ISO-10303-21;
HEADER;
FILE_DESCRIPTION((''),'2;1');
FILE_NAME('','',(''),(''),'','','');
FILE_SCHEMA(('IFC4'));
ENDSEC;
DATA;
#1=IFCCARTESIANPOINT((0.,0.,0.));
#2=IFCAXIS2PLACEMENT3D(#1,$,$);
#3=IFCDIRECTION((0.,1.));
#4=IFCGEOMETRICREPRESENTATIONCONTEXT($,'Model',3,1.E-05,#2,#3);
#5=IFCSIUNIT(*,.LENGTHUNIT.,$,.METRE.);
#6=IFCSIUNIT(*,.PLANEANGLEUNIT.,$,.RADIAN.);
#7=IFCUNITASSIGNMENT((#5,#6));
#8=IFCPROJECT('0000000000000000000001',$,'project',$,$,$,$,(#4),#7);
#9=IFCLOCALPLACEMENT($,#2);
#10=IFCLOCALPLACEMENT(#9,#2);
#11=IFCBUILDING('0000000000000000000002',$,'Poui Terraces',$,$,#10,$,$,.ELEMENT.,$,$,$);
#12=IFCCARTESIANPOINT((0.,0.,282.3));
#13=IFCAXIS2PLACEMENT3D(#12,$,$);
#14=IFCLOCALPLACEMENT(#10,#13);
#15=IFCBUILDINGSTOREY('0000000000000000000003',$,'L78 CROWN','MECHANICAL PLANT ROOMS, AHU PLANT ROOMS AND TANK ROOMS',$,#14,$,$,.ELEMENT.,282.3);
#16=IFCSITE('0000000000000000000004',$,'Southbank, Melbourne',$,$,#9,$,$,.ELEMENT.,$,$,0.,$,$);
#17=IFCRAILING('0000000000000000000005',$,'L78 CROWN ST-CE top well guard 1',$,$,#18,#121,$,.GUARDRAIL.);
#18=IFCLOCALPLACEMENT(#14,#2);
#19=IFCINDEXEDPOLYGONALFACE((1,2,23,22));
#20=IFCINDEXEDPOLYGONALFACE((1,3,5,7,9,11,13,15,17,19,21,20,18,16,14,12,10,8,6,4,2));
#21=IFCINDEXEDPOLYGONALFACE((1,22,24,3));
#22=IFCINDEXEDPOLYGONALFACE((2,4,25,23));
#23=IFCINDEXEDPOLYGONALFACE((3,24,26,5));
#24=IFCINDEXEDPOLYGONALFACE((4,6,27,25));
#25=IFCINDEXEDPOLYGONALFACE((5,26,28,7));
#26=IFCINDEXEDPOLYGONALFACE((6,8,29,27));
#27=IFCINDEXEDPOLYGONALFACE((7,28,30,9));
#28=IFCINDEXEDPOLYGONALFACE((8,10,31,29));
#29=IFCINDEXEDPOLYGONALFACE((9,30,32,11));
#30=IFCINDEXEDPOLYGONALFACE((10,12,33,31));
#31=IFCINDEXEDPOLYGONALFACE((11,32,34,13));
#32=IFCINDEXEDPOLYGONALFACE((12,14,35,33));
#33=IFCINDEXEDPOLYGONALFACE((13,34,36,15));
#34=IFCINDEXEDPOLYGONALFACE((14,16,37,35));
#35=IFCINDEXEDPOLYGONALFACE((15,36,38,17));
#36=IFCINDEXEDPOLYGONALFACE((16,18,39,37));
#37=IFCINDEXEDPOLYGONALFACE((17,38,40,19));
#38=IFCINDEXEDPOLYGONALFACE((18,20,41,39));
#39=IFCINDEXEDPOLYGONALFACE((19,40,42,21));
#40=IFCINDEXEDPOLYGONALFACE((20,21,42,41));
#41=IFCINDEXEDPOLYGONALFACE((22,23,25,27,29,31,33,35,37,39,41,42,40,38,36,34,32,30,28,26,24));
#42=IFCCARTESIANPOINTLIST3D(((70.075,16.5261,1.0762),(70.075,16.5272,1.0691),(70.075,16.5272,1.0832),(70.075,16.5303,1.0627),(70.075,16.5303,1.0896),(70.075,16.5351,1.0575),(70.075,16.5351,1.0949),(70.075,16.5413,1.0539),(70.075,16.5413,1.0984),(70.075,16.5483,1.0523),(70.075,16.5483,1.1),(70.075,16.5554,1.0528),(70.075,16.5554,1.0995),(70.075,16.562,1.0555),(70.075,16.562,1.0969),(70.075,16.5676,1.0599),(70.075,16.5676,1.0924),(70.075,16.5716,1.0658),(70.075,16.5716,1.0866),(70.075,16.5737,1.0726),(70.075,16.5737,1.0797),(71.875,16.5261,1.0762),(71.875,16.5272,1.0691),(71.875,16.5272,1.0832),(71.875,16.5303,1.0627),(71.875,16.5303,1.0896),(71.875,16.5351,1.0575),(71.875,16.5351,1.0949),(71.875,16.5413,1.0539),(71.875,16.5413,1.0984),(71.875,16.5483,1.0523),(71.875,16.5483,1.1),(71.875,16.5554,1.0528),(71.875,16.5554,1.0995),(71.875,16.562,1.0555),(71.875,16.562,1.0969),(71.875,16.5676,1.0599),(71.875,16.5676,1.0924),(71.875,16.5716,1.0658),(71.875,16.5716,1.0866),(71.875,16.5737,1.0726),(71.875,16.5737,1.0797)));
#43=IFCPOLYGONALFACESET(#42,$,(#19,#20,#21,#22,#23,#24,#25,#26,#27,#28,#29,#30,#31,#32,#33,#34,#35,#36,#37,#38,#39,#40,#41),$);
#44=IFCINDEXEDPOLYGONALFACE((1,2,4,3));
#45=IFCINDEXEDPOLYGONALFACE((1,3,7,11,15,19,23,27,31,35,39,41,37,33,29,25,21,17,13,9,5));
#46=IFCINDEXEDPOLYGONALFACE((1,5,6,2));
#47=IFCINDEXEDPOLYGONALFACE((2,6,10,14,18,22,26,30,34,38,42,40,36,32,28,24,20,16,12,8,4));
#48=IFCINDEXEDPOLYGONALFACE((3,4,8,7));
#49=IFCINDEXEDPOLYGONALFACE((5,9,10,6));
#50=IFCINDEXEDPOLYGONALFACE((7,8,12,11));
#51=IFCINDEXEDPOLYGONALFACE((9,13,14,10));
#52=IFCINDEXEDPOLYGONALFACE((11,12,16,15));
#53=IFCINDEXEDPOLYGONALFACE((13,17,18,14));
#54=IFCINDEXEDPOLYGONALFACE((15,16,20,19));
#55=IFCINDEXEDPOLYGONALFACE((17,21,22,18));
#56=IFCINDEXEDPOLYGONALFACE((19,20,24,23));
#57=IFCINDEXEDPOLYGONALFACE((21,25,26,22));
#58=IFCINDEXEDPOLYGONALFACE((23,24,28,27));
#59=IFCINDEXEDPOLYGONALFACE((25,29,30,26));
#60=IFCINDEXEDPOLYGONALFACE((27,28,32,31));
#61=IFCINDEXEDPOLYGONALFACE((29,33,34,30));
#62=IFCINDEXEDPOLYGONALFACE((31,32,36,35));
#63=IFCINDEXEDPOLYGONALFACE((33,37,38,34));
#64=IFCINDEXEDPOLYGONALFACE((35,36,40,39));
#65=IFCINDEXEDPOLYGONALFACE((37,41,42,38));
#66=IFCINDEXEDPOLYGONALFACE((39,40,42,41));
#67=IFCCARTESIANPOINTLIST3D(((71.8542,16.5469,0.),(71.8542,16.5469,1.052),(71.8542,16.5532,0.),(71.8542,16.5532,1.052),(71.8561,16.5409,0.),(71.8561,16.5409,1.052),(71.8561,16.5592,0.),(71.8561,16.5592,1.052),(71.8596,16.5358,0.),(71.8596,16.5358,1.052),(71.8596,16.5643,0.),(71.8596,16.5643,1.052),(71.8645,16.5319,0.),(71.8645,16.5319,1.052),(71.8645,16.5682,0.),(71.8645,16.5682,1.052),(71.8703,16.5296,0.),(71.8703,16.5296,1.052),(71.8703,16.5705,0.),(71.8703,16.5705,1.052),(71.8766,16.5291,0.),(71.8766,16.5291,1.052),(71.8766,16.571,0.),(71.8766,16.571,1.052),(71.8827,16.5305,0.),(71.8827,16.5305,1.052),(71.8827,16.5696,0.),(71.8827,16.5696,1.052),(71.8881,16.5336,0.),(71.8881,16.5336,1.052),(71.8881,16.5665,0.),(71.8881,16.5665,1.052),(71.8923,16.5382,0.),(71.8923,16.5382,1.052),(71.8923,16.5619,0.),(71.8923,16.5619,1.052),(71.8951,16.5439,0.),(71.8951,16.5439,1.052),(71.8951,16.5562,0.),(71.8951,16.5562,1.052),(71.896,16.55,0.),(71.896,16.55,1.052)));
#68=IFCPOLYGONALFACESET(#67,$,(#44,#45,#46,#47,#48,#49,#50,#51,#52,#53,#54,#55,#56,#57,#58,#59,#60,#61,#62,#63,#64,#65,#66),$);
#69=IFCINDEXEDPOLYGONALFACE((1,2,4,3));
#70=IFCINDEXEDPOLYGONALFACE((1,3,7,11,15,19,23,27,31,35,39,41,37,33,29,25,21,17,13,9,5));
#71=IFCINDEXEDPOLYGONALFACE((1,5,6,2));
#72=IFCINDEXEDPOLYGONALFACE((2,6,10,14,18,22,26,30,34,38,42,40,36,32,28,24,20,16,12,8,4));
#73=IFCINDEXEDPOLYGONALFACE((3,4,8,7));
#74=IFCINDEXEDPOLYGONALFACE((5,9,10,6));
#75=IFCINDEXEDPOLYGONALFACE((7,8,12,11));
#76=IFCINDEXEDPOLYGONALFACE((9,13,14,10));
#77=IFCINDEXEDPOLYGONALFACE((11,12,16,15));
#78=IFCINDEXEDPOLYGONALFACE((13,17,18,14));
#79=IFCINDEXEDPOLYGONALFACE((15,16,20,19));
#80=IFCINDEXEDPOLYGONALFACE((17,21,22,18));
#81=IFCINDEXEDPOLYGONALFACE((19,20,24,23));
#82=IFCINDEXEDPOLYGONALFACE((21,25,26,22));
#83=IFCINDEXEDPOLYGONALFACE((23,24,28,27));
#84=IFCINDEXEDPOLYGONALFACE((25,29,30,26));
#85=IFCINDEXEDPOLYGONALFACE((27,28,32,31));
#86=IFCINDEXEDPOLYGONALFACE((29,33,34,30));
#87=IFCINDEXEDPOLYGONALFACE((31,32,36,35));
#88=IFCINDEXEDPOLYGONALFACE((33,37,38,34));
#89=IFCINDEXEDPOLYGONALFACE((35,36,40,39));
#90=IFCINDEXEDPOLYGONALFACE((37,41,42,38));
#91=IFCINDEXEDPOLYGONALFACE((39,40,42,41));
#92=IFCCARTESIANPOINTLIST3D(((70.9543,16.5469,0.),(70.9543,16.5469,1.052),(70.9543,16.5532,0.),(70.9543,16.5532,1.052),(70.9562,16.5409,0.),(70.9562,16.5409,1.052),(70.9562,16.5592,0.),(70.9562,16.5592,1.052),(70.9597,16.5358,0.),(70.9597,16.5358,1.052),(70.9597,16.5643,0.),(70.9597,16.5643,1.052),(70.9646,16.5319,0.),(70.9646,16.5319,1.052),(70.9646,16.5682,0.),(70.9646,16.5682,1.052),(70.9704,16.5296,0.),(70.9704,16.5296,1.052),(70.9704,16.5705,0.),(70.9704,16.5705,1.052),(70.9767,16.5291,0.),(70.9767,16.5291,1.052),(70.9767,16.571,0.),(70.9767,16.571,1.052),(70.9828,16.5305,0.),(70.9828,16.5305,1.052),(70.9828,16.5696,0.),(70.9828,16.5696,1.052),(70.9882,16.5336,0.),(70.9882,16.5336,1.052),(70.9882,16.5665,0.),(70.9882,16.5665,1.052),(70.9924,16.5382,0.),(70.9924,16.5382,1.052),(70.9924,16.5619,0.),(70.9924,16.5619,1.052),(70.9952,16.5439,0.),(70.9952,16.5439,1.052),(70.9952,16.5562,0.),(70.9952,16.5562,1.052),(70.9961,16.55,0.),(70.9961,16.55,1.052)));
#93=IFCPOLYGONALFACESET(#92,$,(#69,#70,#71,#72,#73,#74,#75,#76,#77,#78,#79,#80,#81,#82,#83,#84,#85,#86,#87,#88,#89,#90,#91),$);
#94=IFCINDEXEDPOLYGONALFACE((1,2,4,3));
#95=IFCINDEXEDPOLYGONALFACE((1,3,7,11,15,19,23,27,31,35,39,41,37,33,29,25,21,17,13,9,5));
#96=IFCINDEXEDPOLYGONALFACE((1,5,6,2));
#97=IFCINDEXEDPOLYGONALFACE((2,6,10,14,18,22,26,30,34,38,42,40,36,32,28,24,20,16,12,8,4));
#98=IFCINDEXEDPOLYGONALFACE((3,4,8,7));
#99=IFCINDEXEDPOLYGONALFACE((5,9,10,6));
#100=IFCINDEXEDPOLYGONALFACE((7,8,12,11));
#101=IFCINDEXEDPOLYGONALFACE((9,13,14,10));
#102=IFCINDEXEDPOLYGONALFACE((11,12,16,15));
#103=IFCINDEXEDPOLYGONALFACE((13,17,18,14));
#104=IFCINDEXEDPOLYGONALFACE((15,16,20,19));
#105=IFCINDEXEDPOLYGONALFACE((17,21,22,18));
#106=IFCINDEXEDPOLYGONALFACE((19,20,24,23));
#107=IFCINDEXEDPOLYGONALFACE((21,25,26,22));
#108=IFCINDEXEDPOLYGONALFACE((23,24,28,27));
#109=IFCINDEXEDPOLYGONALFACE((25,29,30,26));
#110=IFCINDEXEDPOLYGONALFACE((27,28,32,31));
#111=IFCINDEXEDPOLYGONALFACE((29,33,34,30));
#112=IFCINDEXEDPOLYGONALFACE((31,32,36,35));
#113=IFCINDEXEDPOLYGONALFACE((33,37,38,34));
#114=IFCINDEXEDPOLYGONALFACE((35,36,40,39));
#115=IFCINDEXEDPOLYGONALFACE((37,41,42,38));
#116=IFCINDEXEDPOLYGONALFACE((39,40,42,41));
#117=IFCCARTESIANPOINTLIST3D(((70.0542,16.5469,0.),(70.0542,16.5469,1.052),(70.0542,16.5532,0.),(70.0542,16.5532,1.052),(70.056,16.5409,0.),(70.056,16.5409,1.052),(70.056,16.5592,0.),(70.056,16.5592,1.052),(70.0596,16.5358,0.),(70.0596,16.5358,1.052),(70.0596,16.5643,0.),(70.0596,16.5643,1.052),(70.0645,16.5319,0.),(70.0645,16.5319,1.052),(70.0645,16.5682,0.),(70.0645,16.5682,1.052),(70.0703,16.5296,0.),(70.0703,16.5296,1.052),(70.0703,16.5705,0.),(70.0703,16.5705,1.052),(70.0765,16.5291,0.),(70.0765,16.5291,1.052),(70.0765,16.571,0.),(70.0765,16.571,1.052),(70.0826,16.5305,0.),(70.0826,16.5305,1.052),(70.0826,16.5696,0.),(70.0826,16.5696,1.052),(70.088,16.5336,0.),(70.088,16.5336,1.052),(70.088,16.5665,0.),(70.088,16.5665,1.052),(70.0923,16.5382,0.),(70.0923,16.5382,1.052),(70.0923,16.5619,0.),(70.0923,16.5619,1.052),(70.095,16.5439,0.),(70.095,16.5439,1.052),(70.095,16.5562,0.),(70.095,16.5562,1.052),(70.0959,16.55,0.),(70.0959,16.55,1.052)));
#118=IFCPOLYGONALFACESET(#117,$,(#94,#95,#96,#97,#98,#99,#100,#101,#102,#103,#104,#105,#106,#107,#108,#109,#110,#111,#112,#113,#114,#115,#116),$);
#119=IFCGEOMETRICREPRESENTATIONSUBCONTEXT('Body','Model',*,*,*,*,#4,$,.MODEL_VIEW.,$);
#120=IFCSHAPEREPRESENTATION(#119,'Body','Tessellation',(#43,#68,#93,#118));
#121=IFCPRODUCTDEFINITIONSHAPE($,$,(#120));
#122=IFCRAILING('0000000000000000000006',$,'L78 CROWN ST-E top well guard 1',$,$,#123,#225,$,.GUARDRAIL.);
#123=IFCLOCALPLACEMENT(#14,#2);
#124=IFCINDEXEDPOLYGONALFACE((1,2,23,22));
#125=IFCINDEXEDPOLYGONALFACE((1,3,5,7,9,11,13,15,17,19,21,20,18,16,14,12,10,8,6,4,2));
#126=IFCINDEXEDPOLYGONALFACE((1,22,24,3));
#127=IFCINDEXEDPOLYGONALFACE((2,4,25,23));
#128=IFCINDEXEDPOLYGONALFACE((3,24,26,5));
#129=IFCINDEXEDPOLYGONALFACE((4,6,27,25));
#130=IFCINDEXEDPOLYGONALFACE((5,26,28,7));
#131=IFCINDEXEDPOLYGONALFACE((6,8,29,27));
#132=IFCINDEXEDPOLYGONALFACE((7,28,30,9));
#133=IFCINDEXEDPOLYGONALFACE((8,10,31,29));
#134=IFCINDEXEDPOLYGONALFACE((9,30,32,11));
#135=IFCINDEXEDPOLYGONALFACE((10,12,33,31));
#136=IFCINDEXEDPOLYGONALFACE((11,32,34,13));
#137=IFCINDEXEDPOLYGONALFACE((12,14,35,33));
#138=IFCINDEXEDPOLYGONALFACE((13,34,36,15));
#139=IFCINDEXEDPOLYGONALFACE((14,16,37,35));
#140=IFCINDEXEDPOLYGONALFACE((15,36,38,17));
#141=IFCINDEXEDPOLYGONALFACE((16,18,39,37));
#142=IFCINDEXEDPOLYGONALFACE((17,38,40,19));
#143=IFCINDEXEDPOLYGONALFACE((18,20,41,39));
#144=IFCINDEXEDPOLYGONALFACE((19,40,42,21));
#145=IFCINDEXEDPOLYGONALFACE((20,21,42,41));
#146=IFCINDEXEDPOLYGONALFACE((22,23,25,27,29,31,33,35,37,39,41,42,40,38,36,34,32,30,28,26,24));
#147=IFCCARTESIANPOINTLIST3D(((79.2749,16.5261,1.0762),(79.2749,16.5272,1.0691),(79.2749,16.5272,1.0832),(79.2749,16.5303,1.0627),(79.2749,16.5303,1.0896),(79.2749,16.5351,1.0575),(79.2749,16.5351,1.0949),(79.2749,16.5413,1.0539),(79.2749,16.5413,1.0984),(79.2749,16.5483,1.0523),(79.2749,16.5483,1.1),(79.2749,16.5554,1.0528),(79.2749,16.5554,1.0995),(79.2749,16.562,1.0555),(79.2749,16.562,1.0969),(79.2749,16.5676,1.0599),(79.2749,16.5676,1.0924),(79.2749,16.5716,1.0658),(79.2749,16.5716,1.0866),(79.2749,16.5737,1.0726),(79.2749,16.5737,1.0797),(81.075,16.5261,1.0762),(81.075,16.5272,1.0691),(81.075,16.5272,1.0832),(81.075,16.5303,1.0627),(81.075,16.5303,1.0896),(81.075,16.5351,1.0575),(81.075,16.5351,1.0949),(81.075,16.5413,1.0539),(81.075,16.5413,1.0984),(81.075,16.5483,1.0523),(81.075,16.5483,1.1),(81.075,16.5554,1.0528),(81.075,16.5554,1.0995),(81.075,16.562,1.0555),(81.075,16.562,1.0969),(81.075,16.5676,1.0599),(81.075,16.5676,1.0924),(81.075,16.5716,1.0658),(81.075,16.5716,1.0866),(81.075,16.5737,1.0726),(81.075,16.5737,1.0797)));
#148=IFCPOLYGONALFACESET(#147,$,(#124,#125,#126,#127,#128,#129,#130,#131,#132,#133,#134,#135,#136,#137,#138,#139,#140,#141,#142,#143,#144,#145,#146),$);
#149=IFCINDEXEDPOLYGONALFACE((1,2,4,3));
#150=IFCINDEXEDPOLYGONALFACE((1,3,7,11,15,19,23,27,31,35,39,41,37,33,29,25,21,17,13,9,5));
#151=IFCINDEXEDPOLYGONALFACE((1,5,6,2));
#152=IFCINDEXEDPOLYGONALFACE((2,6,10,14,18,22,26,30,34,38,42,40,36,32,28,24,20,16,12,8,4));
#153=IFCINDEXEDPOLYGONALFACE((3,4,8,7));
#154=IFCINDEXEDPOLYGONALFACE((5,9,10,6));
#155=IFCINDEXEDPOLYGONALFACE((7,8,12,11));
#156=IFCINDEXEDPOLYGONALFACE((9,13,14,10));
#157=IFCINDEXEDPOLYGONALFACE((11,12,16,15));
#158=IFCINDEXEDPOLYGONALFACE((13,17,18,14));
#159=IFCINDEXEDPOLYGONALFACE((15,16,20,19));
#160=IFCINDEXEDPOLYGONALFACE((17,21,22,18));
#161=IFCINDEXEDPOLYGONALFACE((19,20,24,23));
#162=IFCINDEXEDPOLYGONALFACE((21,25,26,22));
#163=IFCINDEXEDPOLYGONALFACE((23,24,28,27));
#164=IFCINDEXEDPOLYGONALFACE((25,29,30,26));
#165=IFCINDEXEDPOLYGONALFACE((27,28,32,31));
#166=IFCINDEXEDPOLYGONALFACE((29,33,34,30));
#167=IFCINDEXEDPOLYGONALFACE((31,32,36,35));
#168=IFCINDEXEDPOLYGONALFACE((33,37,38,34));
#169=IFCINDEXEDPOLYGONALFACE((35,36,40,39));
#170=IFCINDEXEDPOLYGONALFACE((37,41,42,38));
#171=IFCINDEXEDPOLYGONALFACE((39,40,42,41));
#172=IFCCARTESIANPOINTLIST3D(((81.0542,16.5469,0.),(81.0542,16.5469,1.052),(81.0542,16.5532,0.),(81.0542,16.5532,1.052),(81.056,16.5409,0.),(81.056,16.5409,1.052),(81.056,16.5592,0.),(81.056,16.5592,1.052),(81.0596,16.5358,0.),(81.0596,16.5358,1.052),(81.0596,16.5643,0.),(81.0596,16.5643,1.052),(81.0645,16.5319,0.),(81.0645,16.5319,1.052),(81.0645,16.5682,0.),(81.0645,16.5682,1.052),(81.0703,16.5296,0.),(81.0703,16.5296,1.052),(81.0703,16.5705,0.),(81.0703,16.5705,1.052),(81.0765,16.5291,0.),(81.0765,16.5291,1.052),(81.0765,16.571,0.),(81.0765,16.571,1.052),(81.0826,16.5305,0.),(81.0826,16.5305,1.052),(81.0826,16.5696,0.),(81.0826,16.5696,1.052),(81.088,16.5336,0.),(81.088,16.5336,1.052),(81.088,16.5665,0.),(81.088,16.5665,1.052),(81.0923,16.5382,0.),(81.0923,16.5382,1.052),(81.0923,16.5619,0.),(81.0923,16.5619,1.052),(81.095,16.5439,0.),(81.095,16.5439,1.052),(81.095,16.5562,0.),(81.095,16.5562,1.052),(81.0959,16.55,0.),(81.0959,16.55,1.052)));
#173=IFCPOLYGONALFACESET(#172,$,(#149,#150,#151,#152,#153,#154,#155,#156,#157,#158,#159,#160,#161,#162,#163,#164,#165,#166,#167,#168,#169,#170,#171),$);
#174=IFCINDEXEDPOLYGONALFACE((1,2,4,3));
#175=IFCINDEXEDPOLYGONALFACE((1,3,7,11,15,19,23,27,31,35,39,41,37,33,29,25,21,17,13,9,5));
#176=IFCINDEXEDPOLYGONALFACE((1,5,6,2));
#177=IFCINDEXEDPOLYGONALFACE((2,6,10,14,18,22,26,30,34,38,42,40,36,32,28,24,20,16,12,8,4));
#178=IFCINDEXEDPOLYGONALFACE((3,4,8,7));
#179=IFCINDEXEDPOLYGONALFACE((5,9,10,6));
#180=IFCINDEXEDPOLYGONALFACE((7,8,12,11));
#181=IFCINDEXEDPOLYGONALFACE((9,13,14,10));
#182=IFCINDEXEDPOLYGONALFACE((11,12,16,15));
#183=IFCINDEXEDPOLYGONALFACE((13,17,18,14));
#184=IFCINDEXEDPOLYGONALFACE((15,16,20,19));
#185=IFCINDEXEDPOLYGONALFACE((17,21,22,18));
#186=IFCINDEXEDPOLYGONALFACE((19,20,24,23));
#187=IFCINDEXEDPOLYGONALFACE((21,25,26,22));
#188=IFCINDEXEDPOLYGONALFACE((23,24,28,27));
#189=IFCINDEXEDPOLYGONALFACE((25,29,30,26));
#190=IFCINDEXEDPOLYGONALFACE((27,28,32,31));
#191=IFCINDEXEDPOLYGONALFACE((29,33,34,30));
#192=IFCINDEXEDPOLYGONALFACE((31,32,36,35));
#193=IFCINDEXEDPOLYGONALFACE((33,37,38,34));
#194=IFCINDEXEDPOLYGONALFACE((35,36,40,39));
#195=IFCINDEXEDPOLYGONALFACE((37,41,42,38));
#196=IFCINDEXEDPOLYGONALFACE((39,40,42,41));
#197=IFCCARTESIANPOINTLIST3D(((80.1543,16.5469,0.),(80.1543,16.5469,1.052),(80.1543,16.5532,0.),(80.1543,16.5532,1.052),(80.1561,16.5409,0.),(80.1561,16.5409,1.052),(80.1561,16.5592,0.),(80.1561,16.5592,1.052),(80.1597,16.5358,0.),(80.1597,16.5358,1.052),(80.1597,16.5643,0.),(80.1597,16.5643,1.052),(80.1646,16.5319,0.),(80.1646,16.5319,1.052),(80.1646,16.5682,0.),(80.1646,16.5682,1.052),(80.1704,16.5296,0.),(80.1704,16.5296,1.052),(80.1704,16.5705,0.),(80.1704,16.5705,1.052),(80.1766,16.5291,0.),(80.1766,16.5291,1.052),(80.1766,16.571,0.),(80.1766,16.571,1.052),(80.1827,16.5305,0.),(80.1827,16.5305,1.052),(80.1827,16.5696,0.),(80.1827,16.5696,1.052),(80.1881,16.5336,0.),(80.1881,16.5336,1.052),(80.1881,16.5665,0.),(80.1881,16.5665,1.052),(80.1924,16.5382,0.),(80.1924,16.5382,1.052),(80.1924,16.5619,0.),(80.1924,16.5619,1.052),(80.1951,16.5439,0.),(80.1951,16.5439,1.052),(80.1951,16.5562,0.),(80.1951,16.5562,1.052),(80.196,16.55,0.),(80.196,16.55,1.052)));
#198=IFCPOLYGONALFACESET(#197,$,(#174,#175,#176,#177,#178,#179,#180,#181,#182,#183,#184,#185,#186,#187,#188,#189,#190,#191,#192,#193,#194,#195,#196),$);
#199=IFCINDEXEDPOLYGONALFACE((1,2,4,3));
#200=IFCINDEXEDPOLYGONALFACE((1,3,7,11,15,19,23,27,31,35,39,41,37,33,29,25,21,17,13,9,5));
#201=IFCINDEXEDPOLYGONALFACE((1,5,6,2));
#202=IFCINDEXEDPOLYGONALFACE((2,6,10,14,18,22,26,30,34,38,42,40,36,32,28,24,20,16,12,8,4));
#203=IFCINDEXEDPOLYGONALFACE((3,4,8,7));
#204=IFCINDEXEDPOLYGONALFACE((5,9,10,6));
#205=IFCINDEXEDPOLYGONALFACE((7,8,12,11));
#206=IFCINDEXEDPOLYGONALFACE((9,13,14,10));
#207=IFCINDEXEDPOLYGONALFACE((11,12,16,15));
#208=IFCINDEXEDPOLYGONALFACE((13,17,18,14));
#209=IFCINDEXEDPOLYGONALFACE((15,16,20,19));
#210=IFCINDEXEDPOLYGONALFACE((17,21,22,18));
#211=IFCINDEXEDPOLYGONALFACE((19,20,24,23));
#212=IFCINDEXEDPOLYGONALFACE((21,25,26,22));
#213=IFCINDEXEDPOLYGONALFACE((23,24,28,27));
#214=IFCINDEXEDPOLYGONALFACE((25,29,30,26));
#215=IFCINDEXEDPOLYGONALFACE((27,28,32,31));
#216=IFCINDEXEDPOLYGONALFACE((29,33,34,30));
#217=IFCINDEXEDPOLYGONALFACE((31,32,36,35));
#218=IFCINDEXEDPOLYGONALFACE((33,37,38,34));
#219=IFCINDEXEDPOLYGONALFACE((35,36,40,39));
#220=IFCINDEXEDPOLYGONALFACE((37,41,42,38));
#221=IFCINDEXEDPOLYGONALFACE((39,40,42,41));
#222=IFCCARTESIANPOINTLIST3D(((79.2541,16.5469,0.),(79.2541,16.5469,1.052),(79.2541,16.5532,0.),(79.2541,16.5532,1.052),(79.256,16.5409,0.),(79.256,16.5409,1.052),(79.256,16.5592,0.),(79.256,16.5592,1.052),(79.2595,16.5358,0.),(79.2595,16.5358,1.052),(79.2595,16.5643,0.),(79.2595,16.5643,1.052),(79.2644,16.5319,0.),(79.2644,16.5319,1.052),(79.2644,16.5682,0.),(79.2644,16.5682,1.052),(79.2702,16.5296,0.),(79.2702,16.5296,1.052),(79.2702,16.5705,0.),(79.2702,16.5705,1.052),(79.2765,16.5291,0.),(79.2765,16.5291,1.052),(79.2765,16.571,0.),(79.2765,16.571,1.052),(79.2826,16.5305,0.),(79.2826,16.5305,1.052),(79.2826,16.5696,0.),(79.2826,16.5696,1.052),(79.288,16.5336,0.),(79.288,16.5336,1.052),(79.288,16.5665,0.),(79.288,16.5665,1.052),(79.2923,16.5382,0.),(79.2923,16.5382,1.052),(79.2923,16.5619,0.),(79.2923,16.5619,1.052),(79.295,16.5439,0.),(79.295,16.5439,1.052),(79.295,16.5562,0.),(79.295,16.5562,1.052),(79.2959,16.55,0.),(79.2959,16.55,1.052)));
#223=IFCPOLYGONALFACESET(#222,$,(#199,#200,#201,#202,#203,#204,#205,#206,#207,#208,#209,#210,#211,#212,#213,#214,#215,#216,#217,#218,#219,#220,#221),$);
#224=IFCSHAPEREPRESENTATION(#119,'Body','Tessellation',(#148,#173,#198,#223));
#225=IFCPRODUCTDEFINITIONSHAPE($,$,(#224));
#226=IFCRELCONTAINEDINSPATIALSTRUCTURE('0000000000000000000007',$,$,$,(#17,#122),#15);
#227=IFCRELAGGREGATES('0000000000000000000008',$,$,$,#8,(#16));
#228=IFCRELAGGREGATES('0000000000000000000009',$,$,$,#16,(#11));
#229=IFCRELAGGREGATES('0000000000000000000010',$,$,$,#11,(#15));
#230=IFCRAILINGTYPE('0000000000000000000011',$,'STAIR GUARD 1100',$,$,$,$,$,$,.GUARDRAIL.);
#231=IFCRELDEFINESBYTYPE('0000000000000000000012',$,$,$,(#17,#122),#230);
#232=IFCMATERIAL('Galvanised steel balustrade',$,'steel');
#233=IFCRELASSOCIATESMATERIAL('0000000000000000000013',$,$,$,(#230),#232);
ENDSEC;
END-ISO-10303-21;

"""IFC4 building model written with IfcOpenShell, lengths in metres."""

from ifc_helpers import new_model, si_unit, direction, frame, origin, origin_2d, place, context, subcontext, project, spatial, circle, extrude, material, type_object, element, save


model = new_model("IFC4")

# Units and contexts
model_context = context("Model", 3, precision=1e-05, world=origin(), true_north=direction((0.0, 1.0)))
body_context = subcontext(model_context, "Body", "Model", "MODEL_VIEW")
ifc_project = project(units=[si_unit("LENGTHUNIT", "METRE"), si_unit("PLANEANGLEUNIT", "RADIAN")], contexts=[model_context])

# Site, building, storey
site_placement = place(None, origin())
site = spatial("IfcSite", under=ifc_project, at=site_placement, Name="Southbank, Melbourne", CompositionType="ELEMENT", RefElevation=0.0)
building_placement = place(site_placement, origin())
building = spatial("IfcBuilding", under=site, at=building_placement, Name="Poui Terraces", CompositionType="ELEMENT")
storey_placement = place(building_placement, frame((0.0, 0.0, 282.3)))
storey = spatial("IfcBuildingStorey", under=building, at=storey_placement, Name="L78 CROWN", Description="MECHANICAL PLANT ROOMS, AHU PLANT ROOMS AND TANK ROOMS", CompositionType="ELEMENT", Elevation=282.3)

# Railings
ifc_material_1 = material(Name="Galvanised steel balustrade", Category="steel")
railing_type = type_object("IfcRailingType", Name="STAIR GUARD 1100", PredefinedType="GUARDRAIL", material=ifc_material_1)
for number, where, name in (
    (1, (71.875, 16.55, 0.0), "L78 CROWN ST-CE top well guard 1"),
    (2, (81.075, 16.55, 0.0), "L78 CROWN ST-E top well guard 1"),
):
    element("IfcRailing", number, at=place(storey_placement, frame(where)), inside=storey, type_object=railing_type, Name=name, PredefinedType="GUARDRAIL", context=body_context, shape_type="SweptSolid", body=[
        extrude(circle(Radius=0.0239, at=origin_2d()), frame((0.0, 0.0, 1.0762), z_axis=(-1.0, 0.0, 0.0), x_axis=(0.0, -1.0, 0.0)), (0.0, 0.0, 1.0), 1.8),
        extrude(circle(Radius=0.021, at=origin_2d()), origin(), (0.0, 0.0, 1.0), 1.052),
        extrude(circle(Radius=0.021, at=origin_2d()), frame((-0.8999, 0.0, 0.0)), (0.0, 0.0, 1.0), 1.052),
        extrude(circle(Radius=0.021, at=origin_2d()), frame((-1.8, 0.0, 0.0)), (0.0, 0.0, 1.0), 1.052),
    ])

save(model, "model.ifc")
